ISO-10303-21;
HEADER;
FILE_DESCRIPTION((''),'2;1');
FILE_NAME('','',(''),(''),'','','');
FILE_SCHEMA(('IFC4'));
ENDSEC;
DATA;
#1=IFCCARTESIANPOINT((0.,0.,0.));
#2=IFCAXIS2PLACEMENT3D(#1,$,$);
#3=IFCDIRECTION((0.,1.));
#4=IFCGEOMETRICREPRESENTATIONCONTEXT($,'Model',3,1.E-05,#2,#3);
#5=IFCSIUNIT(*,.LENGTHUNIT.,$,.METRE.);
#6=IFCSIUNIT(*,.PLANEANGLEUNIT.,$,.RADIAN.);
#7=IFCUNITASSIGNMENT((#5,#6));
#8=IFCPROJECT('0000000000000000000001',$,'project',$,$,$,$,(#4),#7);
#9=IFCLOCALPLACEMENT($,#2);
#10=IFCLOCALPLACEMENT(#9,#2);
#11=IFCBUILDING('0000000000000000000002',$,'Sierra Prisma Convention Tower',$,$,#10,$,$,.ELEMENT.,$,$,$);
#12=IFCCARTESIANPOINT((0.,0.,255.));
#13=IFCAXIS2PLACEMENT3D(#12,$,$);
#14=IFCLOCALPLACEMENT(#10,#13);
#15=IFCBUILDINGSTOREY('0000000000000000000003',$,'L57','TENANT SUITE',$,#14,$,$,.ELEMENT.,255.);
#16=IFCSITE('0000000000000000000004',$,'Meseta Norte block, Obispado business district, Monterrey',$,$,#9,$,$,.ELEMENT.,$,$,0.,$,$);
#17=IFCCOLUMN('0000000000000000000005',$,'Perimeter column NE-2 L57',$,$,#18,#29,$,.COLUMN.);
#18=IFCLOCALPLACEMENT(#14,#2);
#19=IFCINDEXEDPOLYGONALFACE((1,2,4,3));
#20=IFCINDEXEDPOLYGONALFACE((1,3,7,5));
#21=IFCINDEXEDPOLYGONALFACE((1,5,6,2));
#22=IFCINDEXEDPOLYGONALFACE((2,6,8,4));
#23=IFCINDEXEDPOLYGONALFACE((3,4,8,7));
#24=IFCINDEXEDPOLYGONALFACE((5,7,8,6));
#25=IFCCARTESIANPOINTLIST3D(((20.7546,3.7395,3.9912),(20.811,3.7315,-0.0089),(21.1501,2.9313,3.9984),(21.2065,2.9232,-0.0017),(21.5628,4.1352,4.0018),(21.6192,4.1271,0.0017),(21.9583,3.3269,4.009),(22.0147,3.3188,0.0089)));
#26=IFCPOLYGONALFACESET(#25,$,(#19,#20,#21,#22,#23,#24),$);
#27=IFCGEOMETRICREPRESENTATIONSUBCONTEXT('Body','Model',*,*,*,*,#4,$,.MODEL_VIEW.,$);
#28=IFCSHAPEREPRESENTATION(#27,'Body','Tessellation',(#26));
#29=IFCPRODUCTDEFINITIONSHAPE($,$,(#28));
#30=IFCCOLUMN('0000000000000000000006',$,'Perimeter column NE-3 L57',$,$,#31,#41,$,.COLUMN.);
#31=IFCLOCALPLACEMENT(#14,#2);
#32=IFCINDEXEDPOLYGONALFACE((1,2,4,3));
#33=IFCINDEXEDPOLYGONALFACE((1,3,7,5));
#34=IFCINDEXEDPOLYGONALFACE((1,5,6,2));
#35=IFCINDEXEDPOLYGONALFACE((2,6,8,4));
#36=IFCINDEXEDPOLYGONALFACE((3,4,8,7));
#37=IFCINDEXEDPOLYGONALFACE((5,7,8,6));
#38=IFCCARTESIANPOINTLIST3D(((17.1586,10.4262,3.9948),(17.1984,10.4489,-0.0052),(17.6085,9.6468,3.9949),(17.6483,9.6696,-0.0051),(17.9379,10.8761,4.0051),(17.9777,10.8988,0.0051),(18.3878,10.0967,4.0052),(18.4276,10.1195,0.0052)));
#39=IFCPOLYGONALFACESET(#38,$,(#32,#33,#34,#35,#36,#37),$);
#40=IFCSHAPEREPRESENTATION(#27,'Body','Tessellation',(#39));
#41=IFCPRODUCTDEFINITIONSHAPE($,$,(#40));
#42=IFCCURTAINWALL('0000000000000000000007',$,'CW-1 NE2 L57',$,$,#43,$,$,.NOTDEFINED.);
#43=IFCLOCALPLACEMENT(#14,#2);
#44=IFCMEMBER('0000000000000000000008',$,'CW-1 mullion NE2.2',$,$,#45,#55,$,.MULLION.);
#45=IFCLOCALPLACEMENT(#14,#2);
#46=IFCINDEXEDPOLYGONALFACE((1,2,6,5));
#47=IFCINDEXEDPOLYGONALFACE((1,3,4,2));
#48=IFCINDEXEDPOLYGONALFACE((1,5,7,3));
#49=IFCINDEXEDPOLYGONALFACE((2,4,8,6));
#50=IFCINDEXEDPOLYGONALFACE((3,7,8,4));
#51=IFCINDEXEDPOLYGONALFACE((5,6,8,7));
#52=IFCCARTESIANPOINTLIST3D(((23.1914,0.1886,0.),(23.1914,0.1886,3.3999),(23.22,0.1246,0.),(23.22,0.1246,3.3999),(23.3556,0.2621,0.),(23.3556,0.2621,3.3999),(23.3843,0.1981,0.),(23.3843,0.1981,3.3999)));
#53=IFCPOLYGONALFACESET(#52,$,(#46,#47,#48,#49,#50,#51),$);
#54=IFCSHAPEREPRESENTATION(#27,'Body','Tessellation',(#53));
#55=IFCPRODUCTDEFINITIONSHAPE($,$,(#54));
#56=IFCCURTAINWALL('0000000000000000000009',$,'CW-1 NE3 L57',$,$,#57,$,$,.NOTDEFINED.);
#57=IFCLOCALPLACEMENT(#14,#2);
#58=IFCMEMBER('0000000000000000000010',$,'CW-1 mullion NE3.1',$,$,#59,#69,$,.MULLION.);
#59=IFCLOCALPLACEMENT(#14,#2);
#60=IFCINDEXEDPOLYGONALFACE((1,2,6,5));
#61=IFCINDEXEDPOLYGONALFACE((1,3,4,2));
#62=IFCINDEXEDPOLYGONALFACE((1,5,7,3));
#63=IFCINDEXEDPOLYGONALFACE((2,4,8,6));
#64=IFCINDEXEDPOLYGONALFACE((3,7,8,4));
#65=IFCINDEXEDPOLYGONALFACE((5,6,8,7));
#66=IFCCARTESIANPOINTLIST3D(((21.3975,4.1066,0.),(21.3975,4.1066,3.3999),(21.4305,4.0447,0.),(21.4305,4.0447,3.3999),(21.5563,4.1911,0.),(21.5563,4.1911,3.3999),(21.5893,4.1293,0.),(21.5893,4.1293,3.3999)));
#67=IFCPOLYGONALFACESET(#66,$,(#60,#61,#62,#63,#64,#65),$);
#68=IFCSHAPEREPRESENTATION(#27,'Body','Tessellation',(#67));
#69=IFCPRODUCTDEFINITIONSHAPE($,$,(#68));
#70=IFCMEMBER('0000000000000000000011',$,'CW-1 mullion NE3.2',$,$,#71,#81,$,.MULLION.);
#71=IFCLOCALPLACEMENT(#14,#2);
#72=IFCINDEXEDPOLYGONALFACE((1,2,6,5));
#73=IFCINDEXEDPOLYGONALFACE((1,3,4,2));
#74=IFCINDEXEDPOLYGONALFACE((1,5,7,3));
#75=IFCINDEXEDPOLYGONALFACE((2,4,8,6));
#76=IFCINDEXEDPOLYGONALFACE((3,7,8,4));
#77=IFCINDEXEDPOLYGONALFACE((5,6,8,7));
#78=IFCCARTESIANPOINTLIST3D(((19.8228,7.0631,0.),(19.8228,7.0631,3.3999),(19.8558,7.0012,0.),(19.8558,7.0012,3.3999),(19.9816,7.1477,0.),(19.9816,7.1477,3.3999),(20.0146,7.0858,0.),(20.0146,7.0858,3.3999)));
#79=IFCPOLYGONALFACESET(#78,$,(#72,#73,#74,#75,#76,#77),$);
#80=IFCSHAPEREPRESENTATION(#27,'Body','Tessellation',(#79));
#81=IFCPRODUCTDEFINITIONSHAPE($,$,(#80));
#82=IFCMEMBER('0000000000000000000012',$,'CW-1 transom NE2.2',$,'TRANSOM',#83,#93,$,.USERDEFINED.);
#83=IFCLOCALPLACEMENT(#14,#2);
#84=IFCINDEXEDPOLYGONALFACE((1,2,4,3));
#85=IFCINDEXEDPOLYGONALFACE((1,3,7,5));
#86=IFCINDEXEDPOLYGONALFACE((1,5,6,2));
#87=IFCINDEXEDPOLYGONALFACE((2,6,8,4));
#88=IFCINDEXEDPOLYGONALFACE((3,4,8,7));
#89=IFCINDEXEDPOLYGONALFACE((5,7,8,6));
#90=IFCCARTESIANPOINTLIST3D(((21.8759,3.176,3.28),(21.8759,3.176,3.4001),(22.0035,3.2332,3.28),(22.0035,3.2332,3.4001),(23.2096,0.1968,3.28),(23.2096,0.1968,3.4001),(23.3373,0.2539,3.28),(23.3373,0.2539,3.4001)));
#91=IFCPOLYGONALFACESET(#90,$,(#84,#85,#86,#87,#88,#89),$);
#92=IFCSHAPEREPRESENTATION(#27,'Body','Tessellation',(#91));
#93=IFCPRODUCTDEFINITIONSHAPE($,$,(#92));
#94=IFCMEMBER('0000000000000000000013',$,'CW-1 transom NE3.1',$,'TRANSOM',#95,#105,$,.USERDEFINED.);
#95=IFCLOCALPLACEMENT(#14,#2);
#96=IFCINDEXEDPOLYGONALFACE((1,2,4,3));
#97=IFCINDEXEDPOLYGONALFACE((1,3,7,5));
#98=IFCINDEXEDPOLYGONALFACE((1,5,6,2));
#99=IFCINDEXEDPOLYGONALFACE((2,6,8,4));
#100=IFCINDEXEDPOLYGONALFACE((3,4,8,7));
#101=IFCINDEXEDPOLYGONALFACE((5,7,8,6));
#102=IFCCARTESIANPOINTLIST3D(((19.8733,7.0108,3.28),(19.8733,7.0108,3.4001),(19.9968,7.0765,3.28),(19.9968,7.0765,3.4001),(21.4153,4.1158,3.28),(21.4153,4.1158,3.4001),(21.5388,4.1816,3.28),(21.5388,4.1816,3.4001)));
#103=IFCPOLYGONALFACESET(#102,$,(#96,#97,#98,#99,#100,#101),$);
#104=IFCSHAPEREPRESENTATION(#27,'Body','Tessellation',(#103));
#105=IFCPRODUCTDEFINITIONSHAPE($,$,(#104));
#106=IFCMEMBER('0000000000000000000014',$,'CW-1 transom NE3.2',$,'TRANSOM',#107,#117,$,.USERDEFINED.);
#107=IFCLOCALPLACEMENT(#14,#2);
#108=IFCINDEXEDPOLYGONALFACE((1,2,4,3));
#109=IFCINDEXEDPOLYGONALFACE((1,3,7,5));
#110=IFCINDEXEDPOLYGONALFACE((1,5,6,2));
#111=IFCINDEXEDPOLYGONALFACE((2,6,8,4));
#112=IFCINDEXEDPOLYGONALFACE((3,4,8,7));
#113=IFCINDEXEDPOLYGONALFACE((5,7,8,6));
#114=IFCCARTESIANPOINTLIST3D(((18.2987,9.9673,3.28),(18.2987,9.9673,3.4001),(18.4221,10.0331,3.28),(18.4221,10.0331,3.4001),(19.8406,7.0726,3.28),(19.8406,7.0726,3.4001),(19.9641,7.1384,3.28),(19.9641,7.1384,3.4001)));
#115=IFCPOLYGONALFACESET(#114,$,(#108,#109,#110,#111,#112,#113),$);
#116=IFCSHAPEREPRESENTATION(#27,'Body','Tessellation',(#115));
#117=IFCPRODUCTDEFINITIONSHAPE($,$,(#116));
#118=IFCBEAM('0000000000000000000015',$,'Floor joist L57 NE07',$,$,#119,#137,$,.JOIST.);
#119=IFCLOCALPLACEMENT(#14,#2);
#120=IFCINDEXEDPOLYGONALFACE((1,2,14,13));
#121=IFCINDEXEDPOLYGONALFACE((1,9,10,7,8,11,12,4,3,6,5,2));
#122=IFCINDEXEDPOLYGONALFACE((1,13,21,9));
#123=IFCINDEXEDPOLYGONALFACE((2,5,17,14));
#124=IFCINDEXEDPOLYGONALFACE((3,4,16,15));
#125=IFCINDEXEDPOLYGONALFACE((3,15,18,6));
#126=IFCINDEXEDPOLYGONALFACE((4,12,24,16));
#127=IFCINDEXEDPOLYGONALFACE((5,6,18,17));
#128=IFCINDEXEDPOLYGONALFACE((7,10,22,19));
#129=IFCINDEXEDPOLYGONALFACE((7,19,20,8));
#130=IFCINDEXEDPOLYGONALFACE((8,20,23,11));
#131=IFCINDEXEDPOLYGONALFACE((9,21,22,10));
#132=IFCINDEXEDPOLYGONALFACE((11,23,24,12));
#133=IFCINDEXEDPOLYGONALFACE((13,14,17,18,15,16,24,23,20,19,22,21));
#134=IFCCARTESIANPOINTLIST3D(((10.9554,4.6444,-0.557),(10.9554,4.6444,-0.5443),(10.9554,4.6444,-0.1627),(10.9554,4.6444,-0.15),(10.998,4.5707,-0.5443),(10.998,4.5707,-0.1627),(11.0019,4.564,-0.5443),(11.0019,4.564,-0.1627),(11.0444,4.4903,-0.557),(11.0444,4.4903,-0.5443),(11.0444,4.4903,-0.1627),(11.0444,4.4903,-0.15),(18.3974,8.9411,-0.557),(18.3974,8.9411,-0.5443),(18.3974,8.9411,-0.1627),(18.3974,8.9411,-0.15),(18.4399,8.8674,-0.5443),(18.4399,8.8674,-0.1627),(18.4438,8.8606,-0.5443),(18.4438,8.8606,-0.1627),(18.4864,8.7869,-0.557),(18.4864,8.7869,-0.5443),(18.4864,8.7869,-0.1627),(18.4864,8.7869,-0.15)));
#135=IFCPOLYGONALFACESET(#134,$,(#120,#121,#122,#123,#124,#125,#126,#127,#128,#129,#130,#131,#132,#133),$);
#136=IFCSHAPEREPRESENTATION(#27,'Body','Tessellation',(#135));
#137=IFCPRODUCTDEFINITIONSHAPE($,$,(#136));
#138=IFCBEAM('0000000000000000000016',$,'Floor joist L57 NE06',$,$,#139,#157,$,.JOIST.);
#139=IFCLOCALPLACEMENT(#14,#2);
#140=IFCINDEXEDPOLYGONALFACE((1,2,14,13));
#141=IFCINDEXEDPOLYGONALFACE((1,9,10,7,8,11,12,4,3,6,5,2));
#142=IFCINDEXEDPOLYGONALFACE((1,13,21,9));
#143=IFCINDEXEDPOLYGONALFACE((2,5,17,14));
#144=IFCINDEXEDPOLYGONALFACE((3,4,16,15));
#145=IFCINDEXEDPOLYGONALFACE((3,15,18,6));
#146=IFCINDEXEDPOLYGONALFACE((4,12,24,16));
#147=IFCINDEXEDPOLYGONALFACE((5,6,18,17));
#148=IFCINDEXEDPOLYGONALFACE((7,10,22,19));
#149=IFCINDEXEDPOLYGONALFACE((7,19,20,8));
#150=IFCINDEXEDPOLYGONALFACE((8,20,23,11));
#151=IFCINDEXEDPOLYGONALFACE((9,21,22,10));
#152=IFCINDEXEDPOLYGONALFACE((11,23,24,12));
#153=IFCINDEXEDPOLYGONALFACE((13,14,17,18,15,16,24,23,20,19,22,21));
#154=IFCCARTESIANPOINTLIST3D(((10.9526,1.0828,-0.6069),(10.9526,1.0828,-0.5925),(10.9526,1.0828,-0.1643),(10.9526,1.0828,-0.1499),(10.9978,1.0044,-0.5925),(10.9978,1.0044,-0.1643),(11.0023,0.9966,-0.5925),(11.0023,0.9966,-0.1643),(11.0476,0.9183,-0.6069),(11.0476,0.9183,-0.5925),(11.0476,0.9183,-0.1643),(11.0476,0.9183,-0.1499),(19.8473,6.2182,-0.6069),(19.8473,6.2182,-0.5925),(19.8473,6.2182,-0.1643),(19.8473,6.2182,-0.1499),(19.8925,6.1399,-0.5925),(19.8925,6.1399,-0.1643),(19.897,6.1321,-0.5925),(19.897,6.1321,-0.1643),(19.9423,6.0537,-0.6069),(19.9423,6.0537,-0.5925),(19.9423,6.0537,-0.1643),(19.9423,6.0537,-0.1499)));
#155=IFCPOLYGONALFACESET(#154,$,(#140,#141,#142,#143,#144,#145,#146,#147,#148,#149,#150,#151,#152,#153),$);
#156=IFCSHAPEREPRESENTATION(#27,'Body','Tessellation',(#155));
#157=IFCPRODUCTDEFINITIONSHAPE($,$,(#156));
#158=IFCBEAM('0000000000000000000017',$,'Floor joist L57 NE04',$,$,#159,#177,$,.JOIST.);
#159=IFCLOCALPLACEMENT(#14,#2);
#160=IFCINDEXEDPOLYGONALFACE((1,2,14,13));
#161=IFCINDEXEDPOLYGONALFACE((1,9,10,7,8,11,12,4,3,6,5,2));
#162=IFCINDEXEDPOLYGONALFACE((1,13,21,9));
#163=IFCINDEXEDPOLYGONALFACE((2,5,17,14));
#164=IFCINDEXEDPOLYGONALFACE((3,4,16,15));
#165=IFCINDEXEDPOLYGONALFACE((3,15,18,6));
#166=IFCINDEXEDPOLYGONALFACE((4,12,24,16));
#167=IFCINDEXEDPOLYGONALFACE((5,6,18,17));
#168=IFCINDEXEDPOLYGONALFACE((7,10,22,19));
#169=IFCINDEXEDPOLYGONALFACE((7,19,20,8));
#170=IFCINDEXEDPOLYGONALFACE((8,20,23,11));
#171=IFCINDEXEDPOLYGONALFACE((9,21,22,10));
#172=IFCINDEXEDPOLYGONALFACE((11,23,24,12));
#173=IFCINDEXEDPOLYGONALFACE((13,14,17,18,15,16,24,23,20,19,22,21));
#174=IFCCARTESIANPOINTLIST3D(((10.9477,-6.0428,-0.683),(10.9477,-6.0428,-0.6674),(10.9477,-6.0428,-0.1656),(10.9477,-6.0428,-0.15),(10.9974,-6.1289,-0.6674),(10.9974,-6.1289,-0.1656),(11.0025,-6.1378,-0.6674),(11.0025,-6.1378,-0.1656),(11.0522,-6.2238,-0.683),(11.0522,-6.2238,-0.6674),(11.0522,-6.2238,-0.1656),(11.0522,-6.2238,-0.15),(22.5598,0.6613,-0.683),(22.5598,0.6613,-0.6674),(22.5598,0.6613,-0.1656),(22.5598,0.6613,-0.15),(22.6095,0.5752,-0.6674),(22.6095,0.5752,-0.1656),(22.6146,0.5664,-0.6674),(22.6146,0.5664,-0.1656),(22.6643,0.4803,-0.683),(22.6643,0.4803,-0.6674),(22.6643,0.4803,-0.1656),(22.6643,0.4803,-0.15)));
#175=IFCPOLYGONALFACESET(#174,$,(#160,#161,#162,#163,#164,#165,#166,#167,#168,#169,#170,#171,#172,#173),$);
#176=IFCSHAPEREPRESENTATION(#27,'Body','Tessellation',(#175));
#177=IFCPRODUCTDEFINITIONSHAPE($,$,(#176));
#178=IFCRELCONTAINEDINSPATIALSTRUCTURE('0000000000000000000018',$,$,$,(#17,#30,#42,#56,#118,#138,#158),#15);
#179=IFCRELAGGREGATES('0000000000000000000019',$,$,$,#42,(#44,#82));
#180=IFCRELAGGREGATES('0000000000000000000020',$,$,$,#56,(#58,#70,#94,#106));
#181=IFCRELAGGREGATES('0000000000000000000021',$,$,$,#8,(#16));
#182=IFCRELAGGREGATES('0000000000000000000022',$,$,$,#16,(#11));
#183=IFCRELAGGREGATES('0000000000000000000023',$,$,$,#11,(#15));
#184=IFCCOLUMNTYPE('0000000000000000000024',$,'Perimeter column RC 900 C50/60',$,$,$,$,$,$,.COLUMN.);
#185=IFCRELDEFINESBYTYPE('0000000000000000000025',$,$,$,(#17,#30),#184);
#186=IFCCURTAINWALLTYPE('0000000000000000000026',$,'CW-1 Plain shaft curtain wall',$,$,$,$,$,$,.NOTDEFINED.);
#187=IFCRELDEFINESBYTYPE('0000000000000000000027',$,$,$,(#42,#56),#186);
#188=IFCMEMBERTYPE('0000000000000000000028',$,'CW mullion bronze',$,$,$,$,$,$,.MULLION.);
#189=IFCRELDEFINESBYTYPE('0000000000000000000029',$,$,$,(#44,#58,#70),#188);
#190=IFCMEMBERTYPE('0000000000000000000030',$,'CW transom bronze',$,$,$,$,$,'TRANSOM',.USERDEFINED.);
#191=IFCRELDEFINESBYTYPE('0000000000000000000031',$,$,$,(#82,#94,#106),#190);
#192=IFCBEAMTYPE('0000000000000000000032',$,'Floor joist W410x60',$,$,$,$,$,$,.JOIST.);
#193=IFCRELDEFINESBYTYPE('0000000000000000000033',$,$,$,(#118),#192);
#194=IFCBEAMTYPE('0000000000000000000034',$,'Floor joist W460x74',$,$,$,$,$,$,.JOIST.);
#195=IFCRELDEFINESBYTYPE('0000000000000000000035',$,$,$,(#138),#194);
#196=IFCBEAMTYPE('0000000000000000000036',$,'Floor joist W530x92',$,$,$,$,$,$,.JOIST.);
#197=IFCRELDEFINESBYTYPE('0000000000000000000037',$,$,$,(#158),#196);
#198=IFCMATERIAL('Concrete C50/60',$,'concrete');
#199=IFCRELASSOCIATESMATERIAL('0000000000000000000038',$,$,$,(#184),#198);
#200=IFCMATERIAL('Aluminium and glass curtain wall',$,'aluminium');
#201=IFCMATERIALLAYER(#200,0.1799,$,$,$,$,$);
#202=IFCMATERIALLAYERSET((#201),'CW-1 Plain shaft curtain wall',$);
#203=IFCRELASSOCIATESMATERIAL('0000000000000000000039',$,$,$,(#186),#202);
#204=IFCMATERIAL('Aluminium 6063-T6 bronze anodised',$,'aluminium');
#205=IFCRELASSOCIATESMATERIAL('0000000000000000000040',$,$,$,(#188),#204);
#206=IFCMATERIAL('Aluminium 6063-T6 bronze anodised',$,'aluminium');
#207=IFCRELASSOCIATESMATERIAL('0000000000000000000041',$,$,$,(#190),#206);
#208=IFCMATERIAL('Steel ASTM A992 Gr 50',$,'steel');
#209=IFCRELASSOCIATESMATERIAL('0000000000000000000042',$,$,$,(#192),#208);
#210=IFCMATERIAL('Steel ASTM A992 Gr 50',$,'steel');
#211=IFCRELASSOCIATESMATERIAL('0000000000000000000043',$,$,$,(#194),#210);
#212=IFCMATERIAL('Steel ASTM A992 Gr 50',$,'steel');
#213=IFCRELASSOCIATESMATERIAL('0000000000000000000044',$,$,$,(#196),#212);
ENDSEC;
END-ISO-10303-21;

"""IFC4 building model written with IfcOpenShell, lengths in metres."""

from ifc_helpers import new_model, si_unit, direction, frame, origin, origin_2d, place, context, subcontext, project, spatial, rectangle, i_section, extrude, material, layer, layer_set, material_profile, profile_set, type_object, element, aggregate, save


model = new_model("IFC4")

# Units and contexts
model_context = context("Model", 3, precision=1e-05, world=origin(), true_north=direction((0.0, 1.0)))
body_context = subcontext(model_context, "Body", "Model", "MODEL_VIEW")
ifc_project = project(units=[si_unit("LENGTHUNIT", "METRE"), si_unit("PLANEANGLEUNIT", "RADIAN")], contexts=[model_context])

# Site, building, storey
site_placement = place(None, origin())
site = spatial("IfcSite", under=ifc_project, at=site_placement, Name="Meseta Norte block, Obispado business district, Monterrey", CompositionType="ELEMENT", RefElevation=0.0)
building_placement = place(site_placement, origin())
building = spatial("IfcBuilding", under=site, at=building_placement, Name="Sierra Prisma Convention Tower", CompositionType="ELEMENT")
storey_placement = place(building_placement, frame((0.0, 0.0, 255.0)))
storey = spatial("IfcBuildingStorey", under=building, at=storey_placement, Name="L57", Description="TENANT SUITE", CompositionType="ELEMENT", Elevation=255.0)

# Columns
ifc_material_1 = material(Name="Concrete C50/60", Category="concrete")
ifc_material_profile_1 = material_profile(ifc_material_1, rectangle(XDim=0.8999, YDim=0.8999, at=origin_2d()), Name="Perimeter column RC 900 C50/60")
ifc_profile_set_1 = profile_set([ifc_material_profile_1], Name="Concrete C50/60")
column_type = type_object("IfcColumnType", Name="Perimeter column RC 900 C50/60", PredefinedType="COLUMN", material=ifc_profile_set_1)
column_1_placement = place(storey_placement, frame((21.4128, 3.5251, 0.0), z_axis=(-0.014098, 0.002014, 0.999899), x_axis=(-0.439573, 0.898171, -0.008007)))
element("IfcColumn", 1, at=column_1_placement, inside=storey, type_object=column_type, Name="Perimeter column NE-2 L57", PredefinedType="COLUMN", context=body_context, shape_type="SweptSolid", body=[
    extrude(rectangle(XDim=0.8999, YDim=0.8999, at=origin_2d()), origin(), (0.0, 0.0, 1.0), 4.0005),
])
column_2_placement = place(storey_placement, frame((17.813, 10.2842, 0.0), z_axis=(-0.009948, -0.005676, 0.999934), x_axis=(-0.499975, 0.86604, -0.000058)))
element("IfcColumn", 2, at=column_2_placement, inside=storey, type_object=column_type, Name="Perimeter column NE-3 L57", PredefinedType="COLUMN", context=body_context, shape_type="SweptSolid", body=[
    extrude(rectangle(XDim=0.8999, YDim=0.8999, at=origin_2d()), origin(), (0.0, 0.0, 1.0), 4.0002),
])

# Curtain wall, member
ifc_material_2 = material(Name="Aluminium and glass curtain wall", Category="aluminium")
ifc_layer_1 = layer(ifc_material_2, 0.1799)
ifc_layer_set_1 = layer_set([ifc_layer_1], Name="CW-1 Plain shaft curtain wall")
curtain_wall_type = type_object("IfcCurtainWallType", Name="CW-1 Plain shaft curtain wall", PredefinedType="NOTDEFINED", material=ifc_layer_set_1)
curtain_wall_1_placement = place(storey_placement, origin())
curtain_wall_1 = element("IfcCurtainWall", 3, at=curtain_wall_1_placement, inside=storey, type_object=curtain_wall_type, Name="CW-1 NE2 L57", PredefinedType="NOTDEFINED")
ifc_material_3 = material(Name="Aluminium 6063-T6 bronze anodised", Category="aluminium")
ifc_material_profile_2 = material_profile(ifc_material_3, rectangle(XDim=0.1799, YDim=0.0701, at=origin_2d()), Name="ALU MULLION 70x180")
ifc_profile_set_2 = profile_set([ifc_material_profile_2], Name="Aluminium 6063-T6 bronze anodised")
member_type_1 = type_object("IfcMemberType", Name="CW mullion bronze", PredefinedType="MULLION", material=ifc_profile_set_2)
member_1_placement = place(storey_placement, frame((23.2878, 0.1934, 0.0), z_axis=(0.0, 0.0, 1.0), x_axis=(-0.912698, -0.408635, 0.0)))
member_1 = element("IfcMember", 4, at=member_1_placement, type_object=member_type_1, Name="CW-1 mullion NE2.2", PredefinedType="MULLION", context=body_context, shape_type="SweptSolid", body=[
    extrude(rectangle(XDim=0.1799, YDim=0.0701, at=origin_2d()), origin(), (0.0, 0.0, 1.0), 3.3999),
])

# Curtain wall, members
curtain_wall_2_placement = place(storey_placement, origin())
curtain_wall_2 = element("IfcCurtainWall", 5, at=curtain_wall_2_placement, inside=storey, type_object=curtain_wall_type, Name="CW-1 NE3 L57", PredefinedType="NOTDEFINED")
member_2_placement = place(storey_placement, frame((21.4934, 4.1179, 0.0), z_axis=(0.0, 0.0, 1.0), x_axis=(-0.882622, -0.470083, 0.0)))
member_2 = element("IfcMember", 6, at=member_2_placement, type_object=member_type_1, Name="CW-1 mullion NE3.1", PredefinedType="MULLION", context=body_context, shape_type="SweptSolid", body=[
    extrude(rectangle(XDim=0.1799, YDim=0.0701, at=origin_2d()), origin(), (0.0, 0.0, 1.0), 3.3999),
])
member_3_placement = place(storey_placement, frame((19.9187, 7.0745, 0.0), z_axis=(0.0, 0.0, 1.0), x_axis=(-0.882622, -0.470083, 0.0)))
member_3 = element("IfcMember", 7, at=member_3_placement, type_object=member_type_1, Name="CW-1 mullion NE3.2", PredefinedType="MULLION", context=body_context, shape_type="SweptSolid", body=[
    extrude(rectangle(XDim=0.1799, YDim=0.0701, at=origin_2d()), origin(), (0.0, 0.0, 1.0), 3.3999),
])

# Members
ifc_material_4 = material(Name="Aluminium 6063-T6 bronze anodised", Category="aluminium")
ifc_material_profile_3 = material_profile(ifc_material_4, rectangle(XDim=0.1399, YDim=0.1201, at=origin_2d()), Name="ALU TRANSOM 120x140")
ifc_profile_set_3 = profile_set([ifc_material_profile_3], Name="Aluminium 6063-T6 bronze anodised")
member_type_2 = type_object("IfcMemberType", Name="CW transom bronze", ElementType="TRANSOM", PredefinedType="USERDEFINED", material=ifc_profile_set_3)
member_4_placement = place(storey_placement, frame((23.2734, 0.2253, 3.3401), z_axis=(-0.408601, 0.912713, 0.0), x_axis=(-0.912713, -0.408601, 0.0)))
member_4 = element("IfcMember", 8, at=member_4_placement, type_object=member_type_2, Name="CW-1 transom NE2.2", ObjectType="TRANSOM", PredefinedType="USERDEFINED", context=body_context, shape_type="SweptSolid", body=[
    extrude(rectangle(XDim=0.1399, YDim=0.1201, at=origin_2d()), origin(), (0.0, 0.0, 1.0), 3.2642),
])
member_5_placement = place(storey_placement, frame((21.4771, 4.1487, 3.3401), z_axis=(-0.470109, 0.882608, 0.0), x_axis=(-0.882608, -0.470109, 0.0)))
member_5 = element("IfcMember", 9, at=member_5_placement, type_object=member_type_2, Name="CW-1 transom NE3.1", ObjectType="TRANSOM", PredefinedType="USERDEFINED", context=body_context, shape_type="SweptSolid", body=[
    extrude(rectangle(XDim=0.1399, YDim=0.1201, at=origin_2d()), origin(), (0.0, 0.0, 1.0), 3.28),
])
member_6_placement = place(storey_placement, frame((19.9023, 7.1055, 3.3401), z_axis=(-0.47014, 0.882592, 0.0), x_axis=(-0.882592, -0.47014, 0.0)))
member_6 = element("IfcMember", 10, at=member_6_placement, type_object=member_type_2, Name="CW-1 transom NE3.2", ObjectType="TRANSOM", PredefinedType="USERDEFINED", context=body_context, shape_type="SweptSolid", body=[
    extrude(rectangle(XDim=0.1399, YDim=0.1201, at=origin_2d()), origin(), (0.0, 0.0, 1.0), 3.2798),
])

# Beams
ifc_material_5 = material(Name="Steel ASTM A992 Gr 50", Category="steel")
ifc_material_profile_4 = material_profile(ifc_material_5, i_section(OverallWidth=0.178, OverallDepth=0.407, WebThickness=0.0078, FlangeThickness=0.0127, at=origin_2d()), Name="W410x60")
ifc_profile_set_4 = profile_set([ifc_material_profile_4], Name="Steel ASTM A992 Gr 50")
beam_type_1 = type_object("IfcBeamType", Name="Floor joist W410x60", PredefinedType="JOIST", material=ifc_profile_set_4)
beam_1_placement = place(storey_placement, frame((18.4419, 8.864, -0.3535), z_axis=(-0.866023, -0.500004, 0.0), x_axis=(0.500004, -0.866023, 0.0)))
element("IfcBeam", 11, at=beam_1_placement, inside=storey, type_object=beam_type_1, Name="Floor joist L57 NE07", PredefinedType="JOIST", context=body_context, shape_type="SweptSolid", body=[
    extrude(i_section(OverallWidth=0.178, OverallDepth=0.407, WebThickness=0.0078, FlangeThickness=0.0127, at=origin_2d()), origin(), (0.0, 0.0, 1.0), 8.5933),
])
ifc_material_6 = material(Name="Steel ASTM A992 Gr 50", Category="steel")
ifc_material_profile_5 = material_profile(ifc_material_6, i_section(OverallWidth=0.1899, OverallDepth=0.457, WebThickness=0.009, FlangeThickness=0.0144, at=origin_2d()), Name="W460x74")
ifc_profile_set_5 = profile_set([ifc_material_profile_5], Name="Steel ASTM A992 Gr 50")
beam_type_2 = type_object("IfcBeamType", Name="Floor joist W460x74", PredefinedType="JOIST", material=ifc_profile_set_5)
beam_2_placement = place(storey_placement, frame((19.8948, 6.136, -0.3784), z_axis=(-0.866021, -0.500007, 0.0), x_axis=(0.500007, -0.866021, 0.0)))
element("IfcBeam", 12, at=beam_2_placement, inside=storey, type_object=beam_type_2, Name="Floor joist L57 NE06", PredefinedType="JOIST", context=body_context, shape_type="SweptSolid", body=[
    extrude(i_section(OverallWidth=0.1899, OverallDepth=0.457, WebThickness=0.009, FlangeThickness=0.0144, at=origin_2d()), origin(), (0.0, 0.0, 1.0), 10.2708),
])
ifc_material_7 = material(Name="Steel ASTM A992 Gr 50", Category="steel")
ifc_material_profile_6 = material_profile(ifc_material_7, i_section(OverallWidth=0.209, OverallDepth=0.533, WebThickness=0.0103, FlangeThickness=0.0156, at=origin_2d()), Name="W530x92")
ifc_profile_set_6 = profile_set([ifc_material_profile_6], Name="Steel ASTM A992 Gr 50")
beam_type_3 = type_object("IfcBeamType", Name="Floor joist W530x92", PredefinedType="JOIST", material=ifc_profile_set_6)
beam_3_placement = place(storey_placement, frame((22.6121, 0.5708, -0.4165), z_axis=(-0.866029, -0.499993, 0.0), x_axis=(0.499993, -0.866029, 0.0)))
element("IfcBeam", 13, at=beam_3_placement, inside=storey, type_object=beam_type_3, Name="Floor joist L57 NE04", PredefinedType="JOIST", context=body_context, shape_type="SweptSolid", body=[
    extrude(i_section(OverallWidth=0.209, OverallDepth=0.533, WebThickness=0.0103, FlangeThickness=0.0156, at=origin_2d()), origin(), (0.0, 0.0, 1.0), 13.4084),
])

aggregate(curtain_wall_1, [member_1, member_4])
aggregate(curtain_wall_2, [member_2, member_3, member_5, member_6])

save(model, "model.ifc")
